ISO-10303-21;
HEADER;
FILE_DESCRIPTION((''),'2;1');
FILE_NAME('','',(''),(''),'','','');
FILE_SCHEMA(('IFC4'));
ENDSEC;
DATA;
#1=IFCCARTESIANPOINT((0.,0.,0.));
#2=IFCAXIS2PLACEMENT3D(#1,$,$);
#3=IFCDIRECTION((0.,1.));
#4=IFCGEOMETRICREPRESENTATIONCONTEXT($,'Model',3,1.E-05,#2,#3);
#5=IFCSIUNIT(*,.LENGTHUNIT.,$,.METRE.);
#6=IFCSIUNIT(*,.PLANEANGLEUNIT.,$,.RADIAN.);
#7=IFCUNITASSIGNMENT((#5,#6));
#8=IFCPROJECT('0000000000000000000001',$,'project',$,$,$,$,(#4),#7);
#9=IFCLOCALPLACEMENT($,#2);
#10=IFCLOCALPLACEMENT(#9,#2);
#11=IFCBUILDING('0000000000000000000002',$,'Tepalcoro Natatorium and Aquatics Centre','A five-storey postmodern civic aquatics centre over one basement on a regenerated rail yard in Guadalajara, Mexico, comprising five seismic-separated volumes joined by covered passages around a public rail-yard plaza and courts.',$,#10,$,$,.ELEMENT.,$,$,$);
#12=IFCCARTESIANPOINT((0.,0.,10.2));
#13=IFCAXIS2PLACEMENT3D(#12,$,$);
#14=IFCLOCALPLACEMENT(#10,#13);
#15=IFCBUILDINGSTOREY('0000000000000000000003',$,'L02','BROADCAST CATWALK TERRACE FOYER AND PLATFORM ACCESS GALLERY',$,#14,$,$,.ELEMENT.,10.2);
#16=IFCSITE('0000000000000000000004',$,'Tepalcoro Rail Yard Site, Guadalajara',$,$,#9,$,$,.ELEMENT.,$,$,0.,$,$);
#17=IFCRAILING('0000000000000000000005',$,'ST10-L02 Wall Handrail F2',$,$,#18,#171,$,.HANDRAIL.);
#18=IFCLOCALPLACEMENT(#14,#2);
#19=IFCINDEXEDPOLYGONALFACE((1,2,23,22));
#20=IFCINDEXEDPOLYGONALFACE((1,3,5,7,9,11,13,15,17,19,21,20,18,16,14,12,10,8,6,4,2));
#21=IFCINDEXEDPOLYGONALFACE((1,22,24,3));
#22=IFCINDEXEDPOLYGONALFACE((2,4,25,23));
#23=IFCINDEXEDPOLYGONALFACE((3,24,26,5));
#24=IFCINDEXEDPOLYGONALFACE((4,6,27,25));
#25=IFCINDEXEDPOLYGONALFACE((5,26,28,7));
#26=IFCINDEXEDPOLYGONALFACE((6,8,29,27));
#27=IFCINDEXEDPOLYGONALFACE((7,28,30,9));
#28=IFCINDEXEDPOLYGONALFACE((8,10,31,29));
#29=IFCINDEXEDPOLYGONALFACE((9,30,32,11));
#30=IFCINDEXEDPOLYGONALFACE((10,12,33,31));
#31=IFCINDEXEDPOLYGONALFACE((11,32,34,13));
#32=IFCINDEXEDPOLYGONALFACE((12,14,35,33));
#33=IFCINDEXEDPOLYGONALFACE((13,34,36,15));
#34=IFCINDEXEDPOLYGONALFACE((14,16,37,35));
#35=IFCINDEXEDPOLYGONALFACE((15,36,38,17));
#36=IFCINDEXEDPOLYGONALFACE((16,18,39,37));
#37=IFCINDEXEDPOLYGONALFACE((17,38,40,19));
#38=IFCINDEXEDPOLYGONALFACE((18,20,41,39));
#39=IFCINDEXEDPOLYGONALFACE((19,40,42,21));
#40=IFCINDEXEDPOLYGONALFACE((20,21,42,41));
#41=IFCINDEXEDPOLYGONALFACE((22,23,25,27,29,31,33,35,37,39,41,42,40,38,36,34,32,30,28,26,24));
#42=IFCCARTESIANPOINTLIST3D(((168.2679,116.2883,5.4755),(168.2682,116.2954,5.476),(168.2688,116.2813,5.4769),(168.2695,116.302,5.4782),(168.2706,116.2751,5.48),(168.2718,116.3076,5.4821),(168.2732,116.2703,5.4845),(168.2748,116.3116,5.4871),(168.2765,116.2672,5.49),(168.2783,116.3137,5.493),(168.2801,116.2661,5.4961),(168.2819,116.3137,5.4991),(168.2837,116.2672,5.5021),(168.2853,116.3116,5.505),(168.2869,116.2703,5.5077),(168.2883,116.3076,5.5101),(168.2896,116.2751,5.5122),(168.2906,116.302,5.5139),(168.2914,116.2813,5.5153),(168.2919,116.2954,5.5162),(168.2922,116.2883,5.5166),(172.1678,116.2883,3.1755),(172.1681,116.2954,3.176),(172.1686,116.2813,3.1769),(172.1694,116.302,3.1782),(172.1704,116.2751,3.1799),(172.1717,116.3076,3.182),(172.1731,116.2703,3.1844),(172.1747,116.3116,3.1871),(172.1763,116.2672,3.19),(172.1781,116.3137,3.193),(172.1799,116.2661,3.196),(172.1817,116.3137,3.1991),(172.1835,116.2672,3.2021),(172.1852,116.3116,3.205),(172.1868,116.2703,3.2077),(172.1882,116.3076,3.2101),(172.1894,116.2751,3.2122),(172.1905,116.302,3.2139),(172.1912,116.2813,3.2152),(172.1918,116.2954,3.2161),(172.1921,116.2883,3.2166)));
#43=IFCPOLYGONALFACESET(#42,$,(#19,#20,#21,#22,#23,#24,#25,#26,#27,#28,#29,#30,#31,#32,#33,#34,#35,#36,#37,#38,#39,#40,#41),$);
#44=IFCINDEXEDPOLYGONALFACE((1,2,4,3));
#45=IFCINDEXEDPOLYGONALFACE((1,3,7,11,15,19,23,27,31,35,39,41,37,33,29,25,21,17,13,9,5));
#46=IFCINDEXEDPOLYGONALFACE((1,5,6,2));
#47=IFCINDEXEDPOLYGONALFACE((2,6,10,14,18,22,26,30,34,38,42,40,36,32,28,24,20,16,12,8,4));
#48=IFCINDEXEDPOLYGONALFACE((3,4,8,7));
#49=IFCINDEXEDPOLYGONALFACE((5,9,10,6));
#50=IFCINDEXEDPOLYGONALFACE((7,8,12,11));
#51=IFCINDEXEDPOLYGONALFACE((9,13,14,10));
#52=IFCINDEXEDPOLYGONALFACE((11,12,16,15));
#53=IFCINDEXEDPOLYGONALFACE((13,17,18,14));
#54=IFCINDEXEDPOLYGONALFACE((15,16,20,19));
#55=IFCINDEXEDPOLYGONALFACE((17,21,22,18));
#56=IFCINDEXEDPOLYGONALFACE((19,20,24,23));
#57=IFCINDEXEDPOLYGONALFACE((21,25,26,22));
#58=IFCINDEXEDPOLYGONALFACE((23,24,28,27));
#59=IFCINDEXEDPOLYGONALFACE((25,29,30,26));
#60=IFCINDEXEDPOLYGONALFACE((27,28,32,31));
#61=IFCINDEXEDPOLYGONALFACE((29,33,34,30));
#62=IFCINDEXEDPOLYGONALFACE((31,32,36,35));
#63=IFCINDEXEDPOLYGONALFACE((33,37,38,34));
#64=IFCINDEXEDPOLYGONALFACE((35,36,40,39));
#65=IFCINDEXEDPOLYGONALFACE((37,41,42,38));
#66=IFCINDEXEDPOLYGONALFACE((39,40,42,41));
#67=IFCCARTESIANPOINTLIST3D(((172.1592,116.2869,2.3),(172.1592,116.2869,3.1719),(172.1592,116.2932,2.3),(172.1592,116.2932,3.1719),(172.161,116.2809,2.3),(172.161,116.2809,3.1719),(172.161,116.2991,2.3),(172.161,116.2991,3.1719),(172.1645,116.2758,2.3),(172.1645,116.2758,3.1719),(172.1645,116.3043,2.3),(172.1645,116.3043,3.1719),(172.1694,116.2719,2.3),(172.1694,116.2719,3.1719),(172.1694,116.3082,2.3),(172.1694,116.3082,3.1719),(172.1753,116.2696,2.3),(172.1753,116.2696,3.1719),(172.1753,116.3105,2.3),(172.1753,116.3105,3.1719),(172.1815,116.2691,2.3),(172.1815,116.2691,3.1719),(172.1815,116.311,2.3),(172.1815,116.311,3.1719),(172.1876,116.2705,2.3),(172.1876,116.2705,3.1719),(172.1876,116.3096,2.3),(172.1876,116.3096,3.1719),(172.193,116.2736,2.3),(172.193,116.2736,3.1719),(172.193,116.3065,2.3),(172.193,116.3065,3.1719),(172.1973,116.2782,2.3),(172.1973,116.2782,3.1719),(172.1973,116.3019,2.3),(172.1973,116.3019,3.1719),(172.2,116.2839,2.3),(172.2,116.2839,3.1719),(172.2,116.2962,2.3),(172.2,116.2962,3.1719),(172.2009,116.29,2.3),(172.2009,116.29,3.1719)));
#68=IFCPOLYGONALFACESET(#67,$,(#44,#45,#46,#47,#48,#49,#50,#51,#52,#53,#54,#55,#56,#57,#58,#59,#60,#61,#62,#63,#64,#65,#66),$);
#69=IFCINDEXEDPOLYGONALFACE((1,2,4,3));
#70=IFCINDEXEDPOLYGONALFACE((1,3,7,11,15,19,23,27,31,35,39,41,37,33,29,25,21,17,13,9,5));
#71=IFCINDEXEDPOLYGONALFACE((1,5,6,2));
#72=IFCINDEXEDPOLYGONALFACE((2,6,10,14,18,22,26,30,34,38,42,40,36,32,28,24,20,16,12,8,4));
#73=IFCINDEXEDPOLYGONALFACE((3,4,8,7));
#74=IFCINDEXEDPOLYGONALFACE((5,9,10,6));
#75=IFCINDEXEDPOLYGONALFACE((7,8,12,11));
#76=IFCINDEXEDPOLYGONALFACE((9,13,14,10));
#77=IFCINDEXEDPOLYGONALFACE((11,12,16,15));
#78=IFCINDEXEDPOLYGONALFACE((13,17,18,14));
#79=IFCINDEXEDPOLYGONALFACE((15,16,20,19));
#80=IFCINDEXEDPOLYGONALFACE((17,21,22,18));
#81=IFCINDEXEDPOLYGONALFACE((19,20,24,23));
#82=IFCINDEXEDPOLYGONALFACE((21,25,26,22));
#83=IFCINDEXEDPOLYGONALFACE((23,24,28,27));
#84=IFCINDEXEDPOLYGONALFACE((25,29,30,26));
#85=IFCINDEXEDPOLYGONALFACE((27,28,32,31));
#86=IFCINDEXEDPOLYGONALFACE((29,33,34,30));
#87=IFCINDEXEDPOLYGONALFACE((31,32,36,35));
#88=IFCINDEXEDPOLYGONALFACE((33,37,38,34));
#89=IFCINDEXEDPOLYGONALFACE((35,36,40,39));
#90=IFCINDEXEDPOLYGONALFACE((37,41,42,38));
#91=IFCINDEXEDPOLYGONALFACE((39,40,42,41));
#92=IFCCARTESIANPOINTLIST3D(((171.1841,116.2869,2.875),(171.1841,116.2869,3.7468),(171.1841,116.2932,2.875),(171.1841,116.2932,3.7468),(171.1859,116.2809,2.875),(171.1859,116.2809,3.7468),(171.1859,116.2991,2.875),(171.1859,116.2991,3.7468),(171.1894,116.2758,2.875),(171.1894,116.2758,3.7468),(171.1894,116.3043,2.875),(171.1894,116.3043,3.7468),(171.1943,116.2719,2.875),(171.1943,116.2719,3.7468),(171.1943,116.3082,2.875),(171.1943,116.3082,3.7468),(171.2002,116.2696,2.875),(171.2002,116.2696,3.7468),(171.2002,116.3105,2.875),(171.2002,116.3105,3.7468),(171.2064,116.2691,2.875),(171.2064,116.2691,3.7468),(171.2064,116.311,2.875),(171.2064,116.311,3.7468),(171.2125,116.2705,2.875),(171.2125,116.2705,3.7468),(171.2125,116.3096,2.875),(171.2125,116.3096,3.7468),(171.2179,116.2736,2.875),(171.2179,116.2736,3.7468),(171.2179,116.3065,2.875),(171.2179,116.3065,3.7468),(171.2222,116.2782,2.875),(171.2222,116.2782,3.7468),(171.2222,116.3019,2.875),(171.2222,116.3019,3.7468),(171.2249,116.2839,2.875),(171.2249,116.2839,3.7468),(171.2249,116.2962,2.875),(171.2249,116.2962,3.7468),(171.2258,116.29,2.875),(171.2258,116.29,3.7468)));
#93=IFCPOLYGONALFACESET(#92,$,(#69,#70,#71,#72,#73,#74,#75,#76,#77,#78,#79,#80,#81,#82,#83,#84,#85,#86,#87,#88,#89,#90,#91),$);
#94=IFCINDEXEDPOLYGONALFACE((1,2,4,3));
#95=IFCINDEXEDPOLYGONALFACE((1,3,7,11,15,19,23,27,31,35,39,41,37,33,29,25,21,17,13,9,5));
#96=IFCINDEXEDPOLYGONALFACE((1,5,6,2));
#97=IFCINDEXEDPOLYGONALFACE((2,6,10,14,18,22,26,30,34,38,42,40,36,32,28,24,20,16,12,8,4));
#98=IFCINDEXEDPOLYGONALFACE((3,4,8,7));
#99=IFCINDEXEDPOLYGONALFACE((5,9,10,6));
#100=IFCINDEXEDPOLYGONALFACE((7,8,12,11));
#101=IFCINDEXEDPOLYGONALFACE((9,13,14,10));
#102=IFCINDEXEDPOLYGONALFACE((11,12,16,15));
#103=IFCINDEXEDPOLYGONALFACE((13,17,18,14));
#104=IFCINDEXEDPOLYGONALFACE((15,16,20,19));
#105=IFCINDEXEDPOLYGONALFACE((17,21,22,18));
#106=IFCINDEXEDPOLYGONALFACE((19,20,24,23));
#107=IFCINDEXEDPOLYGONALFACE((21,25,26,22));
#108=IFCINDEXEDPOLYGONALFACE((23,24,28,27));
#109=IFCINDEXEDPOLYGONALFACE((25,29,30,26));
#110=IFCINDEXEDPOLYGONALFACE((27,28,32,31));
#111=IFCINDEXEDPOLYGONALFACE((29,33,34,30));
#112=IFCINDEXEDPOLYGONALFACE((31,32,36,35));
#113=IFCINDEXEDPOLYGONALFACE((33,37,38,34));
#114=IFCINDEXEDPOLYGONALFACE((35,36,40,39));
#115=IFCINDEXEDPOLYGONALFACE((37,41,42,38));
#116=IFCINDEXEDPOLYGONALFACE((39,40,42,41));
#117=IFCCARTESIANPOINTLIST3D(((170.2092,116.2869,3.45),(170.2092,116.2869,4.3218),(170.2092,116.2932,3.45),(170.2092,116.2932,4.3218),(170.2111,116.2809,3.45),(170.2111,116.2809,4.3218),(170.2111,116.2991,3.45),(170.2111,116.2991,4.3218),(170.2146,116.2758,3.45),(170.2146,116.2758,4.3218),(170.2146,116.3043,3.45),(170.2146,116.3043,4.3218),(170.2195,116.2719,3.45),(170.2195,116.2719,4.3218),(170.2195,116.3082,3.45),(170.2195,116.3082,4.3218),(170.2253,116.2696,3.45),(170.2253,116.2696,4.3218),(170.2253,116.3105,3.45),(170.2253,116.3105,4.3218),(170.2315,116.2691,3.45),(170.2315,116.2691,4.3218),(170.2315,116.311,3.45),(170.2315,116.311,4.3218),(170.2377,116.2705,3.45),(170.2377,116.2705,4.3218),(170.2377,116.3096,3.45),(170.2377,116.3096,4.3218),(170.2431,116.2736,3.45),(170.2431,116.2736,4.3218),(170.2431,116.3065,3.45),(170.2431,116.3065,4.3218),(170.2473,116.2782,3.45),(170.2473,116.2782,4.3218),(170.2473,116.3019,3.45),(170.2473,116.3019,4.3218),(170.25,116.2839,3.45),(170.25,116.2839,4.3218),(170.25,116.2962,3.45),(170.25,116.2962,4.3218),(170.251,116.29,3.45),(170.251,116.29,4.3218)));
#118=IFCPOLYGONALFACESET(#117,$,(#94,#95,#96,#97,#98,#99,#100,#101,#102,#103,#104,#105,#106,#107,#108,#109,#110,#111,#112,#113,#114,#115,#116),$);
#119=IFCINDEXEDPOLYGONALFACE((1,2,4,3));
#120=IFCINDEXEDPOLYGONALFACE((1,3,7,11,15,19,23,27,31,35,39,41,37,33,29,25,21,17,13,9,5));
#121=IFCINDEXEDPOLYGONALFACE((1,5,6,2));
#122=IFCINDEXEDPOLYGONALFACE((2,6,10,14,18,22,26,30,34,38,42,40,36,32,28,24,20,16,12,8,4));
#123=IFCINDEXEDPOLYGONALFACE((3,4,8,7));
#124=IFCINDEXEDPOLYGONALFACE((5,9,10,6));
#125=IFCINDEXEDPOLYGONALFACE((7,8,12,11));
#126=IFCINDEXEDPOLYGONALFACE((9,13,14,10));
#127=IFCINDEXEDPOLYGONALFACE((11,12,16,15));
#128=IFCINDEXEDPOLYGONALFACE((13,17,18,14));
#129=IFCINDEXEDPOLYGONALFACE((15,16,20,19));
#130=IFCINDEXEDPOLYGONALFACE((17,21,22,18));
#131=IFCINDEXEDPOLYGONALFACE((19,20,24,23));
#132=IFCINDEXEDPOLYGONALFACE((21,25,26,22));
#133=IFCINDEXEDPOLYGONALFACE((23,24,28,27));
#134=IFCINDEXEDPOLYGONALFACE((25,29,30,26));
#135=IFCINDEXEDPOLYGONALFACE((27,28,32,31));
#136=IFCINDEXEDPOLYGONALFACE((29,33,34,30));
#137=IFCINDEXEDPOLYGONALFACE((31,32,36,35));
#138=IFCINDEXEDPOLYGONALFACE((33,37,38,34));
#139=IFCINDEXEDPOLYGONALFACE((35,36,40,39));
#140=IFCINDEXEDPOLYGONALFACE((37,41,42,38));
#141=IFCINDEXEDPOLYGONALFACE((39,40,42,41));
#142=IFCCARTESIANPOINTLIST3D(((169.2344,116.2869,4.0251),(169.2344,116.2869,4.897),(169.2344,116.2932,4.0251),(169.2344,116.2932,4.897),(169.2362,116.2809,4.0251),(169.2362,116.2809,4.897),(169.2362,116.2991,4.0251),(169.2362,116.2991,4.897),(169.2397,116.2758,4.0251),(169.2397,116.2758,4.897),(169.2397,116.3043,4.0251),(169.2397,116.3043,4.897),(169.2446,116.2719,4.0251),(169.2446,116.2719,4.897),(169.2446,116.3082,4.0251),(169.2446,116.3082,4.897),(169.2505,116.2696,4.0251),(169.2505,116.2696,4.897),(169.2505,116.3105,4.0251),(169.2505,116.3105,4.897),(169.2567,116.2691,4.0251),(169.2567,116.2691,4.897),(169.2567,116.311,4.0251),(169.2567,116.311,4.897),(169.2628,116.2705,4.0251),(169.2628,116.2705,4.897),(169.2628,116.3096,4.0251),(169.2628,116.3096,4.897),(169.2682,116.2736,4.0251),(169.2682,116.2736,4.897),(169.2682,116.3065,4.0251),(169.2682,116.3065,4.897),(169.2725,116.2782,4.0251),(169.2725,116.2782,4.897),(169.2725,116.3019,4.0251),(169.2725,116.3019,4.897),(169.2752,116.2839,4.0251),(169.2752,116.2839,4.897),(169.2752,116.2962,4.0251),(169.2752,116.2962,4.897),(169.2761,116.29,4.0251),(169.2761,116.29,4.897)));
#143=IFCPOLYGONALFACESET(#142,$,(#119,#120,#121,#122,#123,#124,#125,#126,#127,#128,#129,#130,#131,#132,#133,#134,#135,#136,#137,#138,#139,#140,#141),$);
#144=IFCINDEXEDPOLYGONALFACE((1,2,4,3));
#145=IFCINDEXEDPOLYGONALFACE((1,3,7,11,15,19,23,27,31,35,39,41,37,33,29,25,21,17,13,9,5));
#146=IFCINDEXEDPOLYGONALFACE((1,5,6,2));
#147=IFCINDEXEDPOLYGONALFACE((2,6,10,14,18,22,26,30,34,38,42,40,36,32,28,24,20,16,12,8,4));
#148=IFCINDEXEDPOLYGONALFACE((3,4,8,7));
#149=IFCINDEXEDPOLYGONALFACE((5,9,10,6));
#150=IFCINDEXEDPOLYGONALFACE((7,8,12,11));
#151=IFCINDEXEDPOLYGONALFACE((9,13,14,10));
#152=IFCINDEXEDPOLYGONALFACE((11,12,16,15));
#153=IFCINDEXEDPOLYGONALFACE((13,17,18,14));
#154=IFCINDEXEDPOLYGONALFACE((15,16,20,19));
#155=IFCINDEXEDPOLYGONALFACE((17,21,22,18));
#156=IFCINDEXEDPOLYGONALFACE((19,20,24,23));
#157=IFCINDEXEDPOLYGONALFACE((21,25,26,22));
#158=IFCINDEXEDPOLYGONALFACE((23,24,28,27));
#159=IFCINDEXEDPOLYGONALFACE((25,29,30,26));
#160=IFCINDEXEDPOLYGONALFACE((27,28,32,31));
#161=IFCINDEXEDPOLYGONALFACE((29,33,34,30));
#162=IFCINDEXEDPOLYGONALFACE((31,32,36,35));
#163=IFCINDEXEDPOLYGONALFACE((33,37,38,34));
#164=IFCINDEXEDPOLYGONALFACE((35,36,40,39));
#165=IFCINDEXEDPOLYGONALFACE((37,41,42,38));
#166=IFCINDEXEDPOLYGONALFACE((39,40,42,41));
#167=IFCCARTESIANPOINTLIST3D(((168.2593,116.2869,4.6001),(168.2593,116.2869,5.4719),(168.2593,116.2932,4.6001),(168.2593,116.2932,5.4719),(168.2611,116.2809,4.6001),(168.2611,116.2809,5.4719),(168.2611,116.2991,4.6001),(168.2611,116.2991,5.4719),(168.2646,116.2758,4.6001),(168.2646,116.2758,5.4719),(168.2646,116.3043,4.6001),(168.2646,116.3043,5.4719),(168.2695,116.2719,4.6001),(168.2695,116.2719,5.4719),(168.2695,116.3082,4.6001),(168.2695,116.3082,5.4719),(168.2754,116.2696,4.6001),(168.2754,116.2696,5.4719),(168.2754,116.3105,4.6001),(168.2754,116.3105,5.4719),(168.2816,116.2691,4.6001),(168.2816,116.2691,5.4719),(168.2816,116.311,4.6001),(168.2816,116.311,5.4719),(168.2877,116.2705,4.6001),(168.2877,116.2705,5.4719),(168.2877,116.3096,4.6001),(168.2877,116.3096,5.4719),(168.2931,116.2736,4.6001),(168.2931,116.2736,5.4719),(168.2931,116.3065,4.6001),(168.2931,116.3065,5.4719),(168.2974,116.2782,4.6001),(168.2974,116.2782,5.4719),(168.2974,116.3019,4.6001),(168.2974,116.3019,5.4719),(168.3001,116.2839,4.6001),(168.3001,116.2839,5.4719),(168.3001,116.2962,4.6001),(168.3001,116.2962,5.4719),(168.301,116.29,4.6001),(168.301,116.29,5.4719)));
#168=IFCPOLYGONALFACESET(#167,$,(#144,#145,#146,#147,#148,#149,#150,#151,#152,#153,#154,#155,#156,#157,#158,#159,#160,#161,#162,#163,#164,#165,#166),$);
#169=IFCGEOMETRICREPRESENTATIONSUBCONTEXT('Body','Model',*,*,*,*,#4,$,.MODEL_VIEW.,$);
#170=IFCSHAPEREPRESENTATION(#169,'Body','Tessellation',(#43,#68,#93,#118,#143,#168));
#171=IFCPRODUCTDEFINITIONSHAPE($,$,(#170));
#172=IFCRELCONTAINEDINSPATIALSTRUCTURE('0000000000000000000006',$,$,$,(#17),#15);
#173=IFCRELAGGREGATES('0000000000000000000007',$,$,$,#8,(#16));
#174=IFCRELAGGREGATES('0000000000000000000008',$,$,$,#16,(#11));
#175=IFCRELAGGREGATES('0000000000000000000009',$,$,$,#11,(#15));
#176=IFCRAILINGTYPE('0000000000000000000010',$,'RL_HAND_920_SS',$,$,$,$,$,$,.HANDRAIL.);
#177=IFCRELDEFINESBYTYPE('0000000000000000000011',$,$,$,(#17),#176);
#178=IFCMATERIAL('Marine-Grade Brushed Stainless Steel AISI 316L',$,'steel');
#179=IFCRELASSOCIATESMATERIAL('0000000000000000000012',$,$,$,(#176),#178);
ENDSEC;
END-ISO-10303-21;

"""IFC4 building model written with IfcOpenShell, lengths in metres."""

from ifc_helpers import new_model, si_unit, direction, frame, origin, origin_2d, place, context, subcontext, project, spatial, circle, extrude, material, type_object, element, save


model = new_model("IFC4")

# Units and contexts
model_context = context("Model", 3, precision=1e-05, world=origin(), true_north=direction((0.0, 1.0)))
body_context = subcontext(model_context, "Body", "Model", "MODEL_VIEW")
ifc_project = project(units=[si_unit("LENGTHUNIT", "METRE"), si_unit("PLANEANGLEUNIT", "RADIAN")], contexts=[model_context])

# Site, building, storey
site_placement = place(None, origin())
site = spatial("IfcSite", under=ifc_project, at=site_placement, Name="Tepalcoro Rail Yard Site, Guadalajara", CompositionType="ELEMENT", RefElevation=0.0)
building_placement = place(site_placement, origin())
building = spatial("IfcBuilding", under=site, at=building_placement, Name="Tepalcoro Natatorium and Aquatics Centre", Description="A five-storey postmodern civic aquatics centre over one basement on a regenerated rail yard in Guadalajara, Mexico, comprising five seismic-separated volumes joined by covered passages around a public rail-yard plaza and courts.", CompositionType="ELEMENT")
storey_placement = place(building_placement, frame((0.0, 0.0, 10.2)))
storey = spatial("IfcBuildingStorey", under=building, at=storey_placement, Name="L02", Description="BROADCAST CATWALK TERRACE FOYER AND PLATFORM ACCESS GALLERY", CompositionType="ELEMENT", Elevation=10.2)

# Railing
ifc_material_1 = material(Name="Marine-Grade Brushed Stainless Steel AISI 316L", Category="steel")
railing_type_1 = type_object("IfcRailingType", Name="RL_HAND_920_SS", PredefinedType="HANDRAIL", material=ifc_material_1)
railing_1_placement = place(storey_placement, frame((172.1799, 116.29, 2.3)))
element("IfcRailing", 1, at=railing_1_placement, inside=storey, type_object=railing_type_1, Name="ST10-L02 Wall Handrail F2", PredefinedType="HANDRAIL", context=body_context, shape_type="SweptSolid", body=[
    extrude(circle(Radius=0.0239, at=origin_2d()), frame((0.0, 0.0, 0.896), z_axis=(-0.861356, 0.0, 0.508002), x_axis=(0.0, -1.0, 0.0)), (0.0, 0.0, 1.0), 4.5276),
    extrude(circle(Radius=0.021, at=origin_2d()), origin(), (0.0, 0.0, 1.0), 0.8718),
    extrude(circle(Radius=0.021, at=origin_2d()), frame((-0.9751, 0.0, 0.575)), (0.0, 0.0, 1.0), 0.8718),
    extrude(circle(Radius=0.021, at=origin_2d()), frame((-1.95, 0.0, 1.1499)), (0.0, 0.0, 1.0), 0.8718),
    extrude(circle(Radius=0.021, at=origin_2d()), frame((-2.9248, 0.0, 1.7251)), (0.0, 0.0, 1.0), 0.8718),
    extrude(circle(Radius=0.021, at=origin_2d()), frame((-3.8999, 0.0, 2.3)), (0.0, 0.0, 1.0), 0.8718),
])

save(model, "model.ifc")
